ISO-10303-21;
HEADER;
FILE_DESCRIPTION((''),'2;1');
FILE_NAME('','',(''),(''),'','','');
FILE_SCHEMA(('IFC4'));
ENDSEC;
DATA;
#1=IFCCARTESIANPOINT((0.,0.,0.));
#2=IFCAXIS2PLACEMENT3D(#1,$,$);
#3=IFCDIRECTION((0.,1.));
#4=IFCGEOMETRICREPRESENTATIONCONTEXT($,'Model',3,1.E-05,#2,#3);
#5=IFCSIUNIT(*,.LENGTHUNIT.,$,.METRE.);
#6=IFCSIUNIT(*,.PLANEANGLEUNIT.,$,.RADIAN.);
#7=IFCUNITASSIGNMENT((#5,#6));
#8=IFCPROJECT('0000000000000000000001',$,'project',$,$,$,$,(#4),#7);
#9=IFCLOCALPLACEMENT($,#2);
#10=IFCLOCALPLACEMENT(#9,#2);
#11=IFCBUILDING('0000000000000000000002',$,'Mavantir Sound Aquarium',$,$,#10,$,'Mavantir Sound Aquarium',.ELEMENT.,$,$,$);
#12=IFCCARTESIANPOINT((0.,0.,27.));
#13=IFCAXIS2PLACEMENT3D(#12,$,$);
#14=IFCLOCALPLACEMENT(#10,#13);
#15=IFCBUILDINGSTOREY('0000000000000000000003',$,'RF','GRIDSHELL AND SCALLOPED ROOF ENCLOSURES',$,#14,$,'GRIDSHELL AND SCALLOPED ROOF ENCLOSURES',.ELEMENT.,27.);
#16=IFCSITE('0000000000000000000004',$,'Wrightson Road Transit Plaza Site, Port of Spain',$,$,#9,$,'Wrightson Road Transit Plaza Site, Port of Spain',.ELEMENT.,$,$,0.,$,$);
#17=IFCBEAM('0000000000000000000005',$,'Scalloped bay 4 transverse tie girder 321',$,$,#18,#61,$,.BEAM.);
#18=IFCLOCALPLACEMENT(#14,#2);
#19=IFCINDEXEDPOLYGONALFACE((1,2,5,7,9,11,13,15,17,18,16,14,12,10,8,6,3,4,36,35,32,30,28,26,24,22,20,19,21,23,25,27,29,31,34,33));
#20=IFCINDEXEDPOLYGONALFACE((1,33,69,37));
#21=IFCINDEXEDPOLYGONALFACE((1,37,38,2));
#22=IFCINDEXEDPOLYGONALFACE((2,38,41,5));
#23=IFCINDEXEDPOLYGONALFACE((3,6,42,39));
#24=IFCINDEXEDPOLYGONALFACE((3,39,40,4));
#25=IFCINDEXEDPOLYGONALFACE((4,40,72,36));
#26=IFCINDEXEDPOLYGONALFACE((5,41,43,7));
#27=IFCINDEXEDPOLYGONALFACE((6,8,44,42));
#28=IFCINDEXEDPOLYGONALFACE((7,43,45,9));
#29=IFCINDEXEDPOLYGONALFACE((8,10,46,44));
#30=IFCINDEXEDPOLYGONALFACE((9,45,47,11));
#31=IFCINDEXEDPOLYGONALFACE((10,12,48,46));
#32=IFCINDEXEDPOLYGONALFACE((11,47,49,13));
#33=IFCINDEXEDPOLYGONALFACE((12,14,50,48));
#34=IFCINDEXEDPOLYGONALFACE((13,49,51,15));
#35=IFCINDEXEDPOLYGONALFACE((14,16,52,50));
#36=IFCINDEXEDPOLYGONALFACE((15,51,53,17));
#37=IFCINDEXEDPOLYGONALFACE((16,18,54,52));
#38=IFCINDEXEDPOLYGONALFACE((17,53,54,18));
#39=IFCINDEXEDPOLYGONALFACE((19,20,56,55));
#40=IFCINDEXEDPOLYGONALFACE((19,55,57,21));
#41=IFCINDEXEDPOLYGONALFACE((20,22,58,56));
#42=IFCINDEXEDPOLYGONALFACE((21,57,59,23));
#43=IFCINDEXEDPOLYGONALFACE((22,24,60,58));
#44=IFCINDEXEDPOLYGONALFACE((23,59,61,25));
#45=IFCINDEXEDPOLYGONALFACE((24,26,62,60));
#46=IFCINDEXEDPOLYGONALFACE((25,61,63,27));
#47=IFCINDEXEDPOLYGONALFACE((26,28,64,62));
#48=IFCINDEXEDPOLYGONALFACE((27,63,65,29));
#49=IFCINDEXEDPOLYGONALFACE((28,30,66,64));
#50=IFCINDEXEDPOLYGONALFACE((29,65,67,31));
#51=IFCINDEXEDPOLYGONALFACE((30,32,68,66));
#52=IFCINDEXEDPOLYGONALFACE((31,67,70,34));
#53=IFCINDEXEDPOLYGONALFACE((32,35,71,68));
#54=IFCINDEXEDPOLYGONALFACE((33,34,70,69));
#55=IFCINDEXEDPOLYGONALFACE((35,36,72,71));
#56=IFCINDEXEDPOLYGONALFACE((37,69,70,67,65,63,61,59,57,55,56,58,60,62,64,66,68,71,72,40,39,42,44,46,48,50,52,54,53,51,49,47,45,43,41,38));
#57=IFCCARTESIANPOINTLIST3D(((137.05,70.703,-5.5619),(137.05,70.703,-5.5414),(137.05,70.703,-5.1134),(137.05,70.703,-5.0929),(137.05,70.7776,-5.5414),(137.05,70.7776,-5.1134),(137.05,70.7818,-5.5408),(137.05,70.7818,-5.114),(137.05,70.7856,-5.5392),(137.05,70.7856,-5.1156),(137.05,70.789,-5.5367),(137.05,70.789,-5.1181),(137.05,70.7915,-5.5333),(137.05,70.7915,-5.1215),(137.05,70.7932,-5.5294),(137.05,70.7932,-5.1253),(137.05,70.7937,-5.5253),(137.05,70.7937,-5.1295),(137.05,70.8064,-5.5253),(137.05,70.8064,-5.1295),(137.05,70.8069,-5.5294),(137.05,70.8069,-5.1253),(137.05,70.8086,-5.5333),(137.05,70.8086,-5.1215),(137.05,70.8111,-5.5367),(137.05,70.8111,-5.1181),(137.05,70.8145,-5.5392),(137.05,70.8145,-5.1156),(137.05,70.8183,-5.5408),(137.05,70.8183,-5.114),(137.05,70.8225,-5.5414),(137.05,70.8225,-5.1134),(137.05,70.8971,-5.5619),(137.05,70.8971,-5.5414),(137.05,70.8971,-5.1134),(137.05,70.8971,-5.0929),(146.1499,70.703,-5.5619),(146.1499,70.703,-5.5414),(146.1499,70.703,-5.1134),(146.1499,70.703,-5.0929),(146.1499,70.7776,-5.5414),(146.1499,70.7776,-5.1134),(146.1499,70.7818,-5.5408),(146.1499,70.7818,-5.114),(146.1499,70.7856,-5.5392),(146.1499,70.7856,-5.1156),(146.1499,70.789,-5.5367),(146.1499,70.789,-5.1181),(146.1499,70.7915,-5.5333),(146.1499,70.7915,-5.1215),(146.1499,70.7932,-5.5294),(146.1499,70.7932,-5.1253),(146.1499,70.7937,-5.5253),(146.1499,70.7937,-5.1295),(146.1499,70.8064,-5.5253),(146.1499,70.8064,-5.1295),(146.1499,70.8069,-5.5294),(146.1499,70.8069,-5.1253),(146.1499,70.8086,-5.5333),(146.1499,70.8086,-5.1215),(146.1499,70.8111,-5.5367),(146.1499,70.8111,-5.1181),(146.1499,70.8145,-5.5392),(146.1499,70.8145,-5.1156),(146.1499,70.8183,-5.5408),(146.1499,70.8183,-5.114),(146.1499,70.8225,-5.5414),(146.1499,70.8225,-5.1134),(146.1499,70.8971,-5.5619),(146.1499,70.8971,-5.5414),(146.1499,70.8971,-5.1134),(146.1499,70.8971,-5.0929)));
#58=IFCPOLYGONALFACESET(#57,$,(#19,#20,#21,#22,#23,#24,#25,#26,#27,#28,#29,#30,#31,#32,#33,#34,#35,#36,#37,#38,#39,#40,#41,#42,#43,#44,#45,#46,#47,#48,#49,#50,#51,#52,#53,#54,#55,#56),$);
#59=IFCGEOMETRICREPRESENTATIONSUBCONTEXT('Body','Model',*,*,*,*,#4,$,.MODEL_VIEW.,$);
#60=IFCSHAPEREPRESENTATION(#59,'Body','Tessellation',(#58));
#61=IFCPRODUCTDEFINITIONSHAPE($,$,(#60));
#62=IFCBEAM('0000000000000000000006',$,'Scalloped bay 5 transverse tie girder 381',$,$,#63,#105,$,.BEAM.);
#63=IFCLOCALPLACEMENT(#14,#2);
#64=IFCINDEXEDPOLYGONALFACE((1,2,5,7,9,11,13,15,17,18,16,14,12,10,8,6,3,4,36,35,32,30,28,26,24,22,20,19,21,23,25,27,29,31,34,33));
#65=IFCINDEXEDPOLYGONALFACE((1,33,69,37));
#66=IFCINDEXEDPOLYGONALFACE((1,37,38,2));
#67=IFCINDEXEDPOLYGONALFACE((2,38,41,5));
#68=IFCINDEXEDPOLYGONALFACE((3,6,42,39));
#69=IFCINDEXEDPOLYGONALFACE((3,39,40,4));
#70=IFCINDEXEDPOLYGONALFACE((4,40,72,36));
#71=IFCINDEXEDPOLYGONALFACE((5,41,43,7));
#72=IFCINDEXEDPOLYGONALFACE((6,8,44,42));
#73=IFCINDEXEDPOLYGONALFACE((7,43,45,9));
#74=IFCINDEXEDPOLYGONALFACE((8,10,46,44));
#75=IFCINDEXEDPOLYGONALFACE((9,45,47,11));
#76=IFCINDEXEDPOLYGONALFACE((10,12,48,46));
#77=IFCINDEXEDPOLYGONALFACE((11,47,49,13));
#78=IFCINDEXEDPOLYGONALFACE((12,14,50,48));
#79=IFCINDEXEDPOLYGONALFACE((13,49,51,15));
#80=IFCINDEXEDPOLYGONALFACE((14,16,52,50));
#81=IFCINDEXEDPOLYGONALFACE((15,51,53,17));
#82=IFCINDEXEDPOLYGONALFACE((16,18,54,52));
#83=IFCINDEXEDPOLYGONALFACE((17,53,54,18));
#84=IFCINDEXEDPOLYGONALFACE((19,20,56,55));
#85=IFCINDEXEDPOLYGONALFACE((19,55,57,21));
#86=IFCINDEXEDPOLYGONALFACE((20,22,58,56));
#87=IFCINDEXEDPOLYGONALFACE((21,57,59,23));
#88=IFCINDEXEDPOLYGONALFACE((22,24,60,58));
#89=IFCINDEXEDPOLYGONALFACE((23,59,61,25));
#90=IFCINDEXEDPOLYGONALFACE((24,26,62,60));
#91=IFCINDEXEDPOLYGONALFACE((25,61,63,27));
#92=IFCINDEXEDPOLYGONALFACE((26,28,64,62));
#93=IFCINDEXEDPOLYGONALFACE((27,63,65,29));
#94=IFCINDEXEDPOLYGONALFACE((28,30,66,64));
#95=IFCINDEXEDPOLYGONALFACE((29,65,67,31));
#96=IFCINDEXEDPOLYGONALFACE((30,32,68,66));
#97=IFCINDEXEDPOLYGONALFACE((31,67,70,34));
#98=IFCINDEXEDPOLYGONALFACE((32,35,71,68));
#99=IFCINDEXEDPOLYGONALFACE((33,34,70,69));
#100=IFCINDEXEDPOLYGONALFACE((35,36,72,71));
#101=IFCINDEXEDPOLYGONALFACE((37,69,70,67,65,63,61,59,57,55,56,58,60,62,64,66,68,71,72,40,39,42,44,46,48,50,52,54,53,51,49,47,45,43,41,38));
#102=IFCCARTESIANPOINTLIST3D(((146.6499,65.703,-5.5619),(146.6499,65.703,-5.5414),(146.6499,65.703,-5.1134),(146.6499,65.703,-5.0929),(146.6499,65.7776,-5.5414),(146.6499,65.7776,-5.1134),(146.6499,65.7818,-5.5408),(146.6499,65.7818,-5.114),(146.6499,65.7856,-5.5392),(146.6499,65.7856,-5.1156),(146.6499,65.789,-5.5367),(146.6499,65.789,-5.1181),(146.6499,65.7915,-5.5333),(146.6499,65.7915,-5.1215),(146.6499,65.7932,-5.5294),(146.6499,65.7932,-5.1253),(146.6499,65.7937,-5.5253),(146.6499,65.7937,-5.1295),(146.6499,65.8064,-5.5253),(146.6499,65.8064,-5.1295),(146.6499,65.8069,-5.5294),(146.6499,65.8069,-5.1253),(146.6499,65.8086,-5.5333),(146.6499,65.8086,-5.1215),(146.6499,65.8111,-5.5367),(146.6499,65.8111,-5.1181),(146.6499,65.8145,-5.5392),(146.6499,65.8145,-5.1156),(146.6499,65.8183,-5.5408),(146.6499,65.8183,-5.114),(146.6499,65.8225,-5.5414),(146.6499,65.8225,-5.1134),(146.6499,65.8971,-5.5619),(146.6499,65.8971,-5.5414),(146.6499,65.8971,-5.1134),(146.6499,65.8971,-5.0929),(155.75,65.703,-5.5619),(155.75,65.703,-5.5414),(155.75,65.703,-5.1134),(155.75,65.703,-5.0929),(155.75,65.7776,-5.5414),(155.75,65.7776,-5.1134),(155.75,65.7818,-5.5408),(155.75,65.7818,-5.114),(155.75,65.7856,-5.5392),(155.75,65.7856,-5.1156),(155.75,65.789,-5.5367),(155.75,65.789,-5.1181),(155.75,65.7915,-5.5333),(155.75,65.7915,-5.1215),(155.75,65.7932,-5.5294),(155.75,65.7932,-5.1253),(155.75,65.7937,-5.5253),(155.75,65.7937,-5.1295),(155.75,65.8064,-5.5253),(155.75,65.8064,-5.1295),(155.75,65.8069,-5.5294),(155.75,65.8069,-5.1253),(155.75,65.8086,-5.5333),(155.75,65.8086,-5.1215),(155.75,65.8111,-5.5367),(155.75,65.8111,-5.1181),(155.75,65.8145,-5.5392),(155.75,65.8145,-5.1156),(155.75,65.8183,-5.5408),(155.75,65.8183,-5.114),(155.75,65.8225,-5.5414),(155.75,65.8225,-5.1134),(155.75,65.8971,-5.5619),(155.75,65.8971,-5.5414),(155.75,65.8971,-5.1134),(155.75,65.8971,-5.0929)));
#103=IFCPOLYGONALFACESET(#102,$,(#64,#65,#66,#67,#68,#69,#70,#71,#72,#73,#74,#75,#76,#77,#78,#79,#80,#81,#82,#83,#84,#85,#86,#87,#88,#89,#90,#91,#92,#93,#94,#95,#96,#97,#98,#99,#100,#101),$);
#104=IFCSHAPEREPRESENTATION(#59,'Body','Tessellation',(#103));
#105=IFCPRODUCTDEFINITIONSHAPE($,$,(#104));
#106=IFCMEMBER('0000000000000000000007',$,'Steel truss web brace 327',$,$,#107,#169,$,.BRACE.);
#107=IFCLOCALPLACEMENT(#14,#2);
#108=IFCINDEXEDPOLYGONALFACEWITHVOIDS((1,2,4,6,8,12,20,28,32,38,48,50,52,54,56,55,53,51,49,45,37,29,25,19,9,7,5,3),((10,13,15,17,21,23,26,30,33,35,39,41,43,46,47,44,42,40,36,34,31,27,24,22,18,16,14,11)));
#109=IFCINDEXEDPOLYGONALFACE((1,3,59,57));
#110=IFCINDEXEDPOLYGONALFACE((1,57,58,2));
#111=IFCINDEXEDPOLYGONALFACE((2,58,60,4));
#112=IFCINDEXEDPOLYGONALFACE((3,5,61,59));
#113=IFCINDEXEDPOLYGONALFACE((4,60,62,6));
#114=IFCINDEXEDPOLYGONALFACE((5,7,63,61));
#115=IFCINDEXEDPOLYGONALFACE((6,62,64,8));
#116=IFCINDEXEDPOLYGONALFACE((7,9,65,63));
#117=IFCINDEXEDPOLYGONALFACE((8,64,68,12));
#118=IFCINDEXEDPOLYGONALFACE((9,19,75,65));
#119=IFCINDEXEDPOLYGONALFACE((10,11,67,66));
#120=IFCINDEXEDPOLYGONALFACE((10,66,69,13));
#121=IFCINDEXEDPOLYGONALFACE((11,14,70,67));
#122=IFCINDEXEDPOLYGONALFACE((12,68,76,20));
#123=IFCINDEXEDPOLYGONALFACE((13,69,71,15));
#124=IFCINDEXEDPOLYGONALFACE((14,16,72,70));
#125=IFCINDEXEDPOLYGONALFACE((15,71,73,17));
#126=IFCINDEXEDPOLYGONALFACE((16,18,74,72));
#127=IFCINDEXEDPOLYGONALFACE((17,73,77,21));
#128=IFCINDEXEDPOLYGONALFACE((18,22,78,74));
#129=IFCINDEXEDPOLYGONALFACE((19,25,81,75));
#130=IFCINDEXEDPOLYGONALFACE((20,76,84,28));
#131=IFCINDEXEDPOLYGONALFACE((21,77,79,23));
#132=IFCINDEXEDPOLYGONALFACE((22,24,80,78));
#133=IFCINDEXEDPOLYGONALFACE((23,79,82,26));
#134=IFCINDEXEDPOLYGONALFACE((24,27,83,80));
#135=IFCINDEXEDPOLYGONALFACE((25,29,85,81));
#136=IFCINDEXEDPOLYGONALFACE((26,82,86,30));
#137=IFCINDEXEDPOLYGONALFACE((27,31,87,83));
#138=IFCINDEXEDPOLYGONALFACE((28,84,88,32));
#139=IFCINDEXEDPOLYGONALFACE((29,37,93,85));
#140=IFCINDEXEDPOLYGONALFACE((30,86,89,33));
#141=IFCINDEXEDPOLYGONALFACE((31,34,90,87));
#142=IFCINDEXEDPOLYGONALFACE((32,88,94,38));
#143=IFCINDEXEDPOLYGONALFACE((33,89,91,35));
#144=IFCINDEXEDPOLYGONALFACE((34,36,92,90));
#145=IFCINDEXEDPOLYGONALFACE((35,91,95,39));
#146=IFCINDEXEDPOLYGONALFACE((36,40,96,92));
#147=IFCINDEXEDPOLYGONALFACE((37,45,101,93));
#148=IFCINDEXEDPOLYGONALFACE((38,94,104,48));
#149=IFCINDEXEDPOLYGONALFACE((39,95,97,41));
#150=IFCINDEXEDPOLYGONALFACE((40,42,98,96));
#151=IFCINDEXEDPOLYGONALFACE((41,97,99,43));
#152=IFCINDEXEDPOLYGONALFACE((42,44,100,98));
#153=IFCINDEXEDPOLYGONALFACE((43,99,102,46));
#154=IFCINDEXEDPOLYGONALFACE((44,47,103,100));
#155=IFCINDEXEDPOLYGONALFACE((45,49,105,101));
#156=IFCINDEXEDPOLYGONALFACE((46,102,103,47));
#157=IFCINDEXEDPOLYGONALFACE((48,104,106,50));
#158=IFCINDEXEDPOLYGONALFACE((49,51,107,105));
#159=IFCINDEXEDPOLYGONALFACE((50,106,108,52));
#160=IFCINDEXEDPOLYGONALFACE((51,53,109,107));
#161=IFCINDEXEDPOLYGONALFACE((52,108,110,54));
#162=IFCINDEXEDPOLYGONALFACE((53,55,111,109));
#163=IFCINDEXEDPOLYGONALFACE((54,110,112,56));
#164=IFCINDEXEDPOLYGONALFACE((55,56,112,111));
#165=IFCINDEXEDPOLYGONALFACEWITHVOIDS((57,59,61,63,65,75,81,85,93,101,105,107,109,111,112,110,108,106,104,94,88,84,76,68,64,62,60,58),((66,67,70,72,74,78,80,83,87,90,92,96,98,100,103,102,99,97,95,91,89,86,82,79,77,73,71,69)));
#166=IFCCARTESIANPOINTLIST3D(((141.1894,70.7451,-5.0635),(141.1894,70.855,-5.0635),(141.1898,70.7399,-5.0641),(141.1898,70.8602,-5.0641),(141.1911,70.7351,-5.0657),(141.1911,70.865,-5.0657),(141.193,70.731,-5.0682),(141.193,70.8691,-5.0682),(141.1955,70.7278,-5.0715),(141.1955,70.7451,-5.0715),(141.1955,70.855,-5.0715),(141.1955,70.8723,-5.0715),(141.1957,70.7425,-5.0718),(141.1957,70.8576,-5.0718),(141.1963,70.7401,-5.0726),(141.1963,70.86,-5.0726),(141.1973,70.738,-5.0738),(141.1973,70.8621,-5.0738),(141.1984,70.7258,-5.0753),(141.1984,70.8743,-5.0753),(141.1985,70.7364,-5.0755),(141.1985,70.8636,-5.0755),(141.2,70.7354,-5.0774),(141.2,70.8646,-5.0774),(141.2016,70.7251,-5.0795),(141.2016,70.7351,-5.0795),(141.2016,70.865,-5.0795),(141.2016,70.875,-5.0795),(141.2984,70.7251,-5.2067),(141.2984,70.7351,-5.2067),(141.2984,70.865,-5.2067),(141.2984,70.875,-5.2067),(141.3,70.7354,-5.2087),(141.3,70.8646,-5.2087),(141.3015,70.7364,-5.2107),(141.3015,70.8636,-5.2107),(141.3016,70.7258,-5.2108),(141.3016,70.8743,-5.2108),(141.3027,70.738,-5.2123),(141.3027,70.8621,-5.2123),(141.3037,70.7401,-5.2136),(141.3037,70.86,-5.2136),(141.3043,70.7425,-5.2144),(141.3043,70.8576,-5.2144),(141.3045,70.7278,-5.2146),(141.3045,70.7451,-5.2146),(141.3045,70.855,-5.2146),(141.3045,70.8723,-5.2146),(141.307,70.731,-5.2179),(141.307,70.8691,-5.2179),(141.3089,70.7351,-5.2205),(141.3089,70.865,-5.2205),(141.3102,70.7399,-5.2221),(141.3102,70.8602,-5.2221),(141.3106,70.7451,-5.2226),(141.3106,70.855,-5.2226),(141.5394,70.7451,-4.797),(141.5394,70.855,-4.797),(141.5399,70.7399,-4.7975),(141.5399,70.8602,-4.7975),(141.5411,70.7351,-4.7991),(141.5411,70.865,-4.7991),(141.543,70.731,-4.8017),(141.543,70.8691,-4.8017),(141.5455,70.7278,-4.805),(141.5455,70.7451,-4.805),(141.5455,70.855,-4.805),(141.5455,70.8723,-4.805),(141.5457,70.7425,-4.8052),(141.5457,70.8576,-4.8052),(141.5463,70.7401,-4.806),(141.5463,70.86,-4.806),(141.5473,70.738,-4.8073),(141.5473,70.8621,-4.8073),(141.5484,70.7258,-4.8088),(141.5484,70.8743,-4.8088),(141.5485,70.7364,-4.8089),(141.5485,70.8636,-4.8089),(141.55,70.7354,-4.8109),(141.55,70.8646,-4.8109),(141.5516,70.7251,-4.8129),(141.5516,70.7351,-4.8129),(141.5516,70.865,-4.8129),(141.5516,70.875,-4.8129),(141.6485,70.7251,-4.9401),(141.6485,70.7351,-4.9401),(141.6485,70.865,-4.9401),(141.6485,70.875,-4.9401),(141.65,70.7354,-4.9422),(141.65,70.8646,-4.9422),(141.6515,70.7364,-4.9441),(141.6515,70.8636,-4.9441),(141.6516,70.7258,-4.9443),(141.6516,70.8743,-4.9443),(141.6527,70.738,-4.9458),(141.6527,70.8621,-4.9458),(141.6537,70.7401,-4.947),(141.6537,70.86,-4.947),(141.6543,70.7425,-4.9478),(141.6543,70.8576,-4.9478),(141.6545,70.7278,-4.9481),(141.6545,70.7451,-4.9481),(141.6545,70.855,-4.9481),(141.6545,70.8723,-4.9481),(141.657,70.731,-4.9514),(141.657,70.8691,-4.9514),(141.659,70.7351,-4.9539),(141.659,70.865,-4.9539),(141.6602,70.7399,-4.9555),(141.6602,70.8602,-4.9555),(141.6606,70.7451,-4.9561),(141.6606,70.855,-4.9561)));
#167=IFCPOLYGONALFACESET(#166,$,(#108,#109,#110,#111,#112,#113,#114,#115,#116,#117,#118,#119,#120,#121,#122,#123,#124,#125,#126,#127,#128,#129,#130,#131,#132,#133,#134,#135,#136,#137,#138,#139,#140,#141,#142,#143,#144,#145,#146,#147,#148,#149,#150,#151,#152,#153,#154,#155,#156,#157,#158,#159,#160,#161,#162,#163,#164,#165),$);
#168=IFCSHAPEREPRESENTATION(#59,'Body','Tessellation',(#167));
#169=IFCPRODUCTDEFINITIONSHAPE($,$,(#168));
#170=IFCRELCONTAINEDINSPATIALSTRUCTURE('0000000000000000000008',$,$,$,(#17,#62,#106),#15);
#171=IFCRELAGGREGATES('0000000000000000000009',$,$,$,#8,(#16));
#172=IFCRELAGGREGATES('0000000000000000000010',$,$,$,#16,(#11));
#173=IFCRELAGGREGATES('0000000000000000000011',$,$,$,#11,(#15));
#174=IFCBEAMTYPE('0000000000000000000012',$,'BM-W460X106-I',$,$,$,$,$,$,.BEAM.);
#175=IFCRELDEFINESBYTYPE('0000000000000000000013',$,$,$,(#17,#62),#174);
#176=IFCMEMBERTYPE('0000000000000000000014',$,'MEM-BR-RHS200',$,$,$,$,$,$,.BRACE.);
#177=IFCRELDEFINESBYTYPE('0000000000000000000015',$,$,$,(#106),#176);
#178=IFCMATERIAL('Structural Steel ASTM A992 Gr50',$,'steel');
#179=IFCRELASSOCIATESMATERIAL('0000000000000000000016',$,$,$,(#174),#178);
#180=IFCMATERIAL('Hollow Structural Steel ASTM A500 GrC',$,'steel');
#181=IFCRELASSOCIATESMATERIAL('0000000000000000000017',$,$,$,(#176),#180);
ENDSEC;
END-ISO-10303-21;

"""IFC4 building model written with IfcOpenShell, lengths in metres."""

from ifc_helpers import new_model, si_unit, direction, frame, origin, origin_2d, place, context, subcontext, project, spatial, hollow_rectangle, i_section, extrude, material, material_profile, profile_set, type_object, element, save


model = new_model("IFC4")

# Units and contexts
model_context = context("Model", 3, precision=1e-05, world=origin(), true_north=direction((0.0, 1.0)))
body_context = subcontext(model_context, "Body", "Model", "MODEL_VIEW")
ifc_project = project(units=[si_unit("LENGTHUNIT", "METRE"), si_unit("PLANEANGLEUNIT", "RADIAN")], contexts=[model_context])

# Site, building, storey
site_placement = place(None, origin())
site = spatial("IfcSite", under=ifc_project, at=site_placement, Name="Wrightson Road Transit Plaza Site, Port of Spain", LongName="Wrightson Road Transit Plaza Site, Port of Spain", CompositionType="ELEMENT", RefElevation=0.0)
building_placement = place(site_placement, origin())
building = spatial("IfcBuilding", under=site, at=building_placement, Name="Mavantir Sound Aquarium", LongName="Mavantir Sound Aquarium", CompositionType="ELEMENT")
storey_placement = place(building_placement, frame((0.0, 0.0, 27.0)))
storey = spatial("IfcBuildingStorey", under=building, at=storey_placement, Name="RF", Description="GRIDSHELL AND SCALLOPED ROOF ENCLOSURES", LongName="GRIDSHELL AND SCALLOPED ROOF ENCLOSURES", CompositionType="ELEMENT", Elevation=27.0)

# Beams
ifc_material_1 = material(Name="Structural Steel ASTM A992 Gr50", Category="steel")
ifc_material_profile_1 = material_profile(ifc_material_1, i_section(OverallWidth=0.1941, OverallDepth=0.469, WebThickness=0.0127, FlangeThickness=0.0205, FilletRadius=0.0161, at=origin_2d()), Name="W460X106")
ifc_profile_set_1 = profile_set([ifc_material_profile_1], Name="Structural Steel ASTM A992 Gr50")
beam_type = type_object("IfcBeamType", Name="BM-W460X106-I", PredefinedType="BEAM", material=ifc_profile_set_1)
beam_1_placement = place(storey_placement, frame((137.05, 70.8, -5.3274), z_axis=(1.0, 0.0, 0.0), x_axis=(0.0, 1.0, 0.0)))
element("IfcBeam", 1, at=beam_1_placement, inside=storey, type_object=beam_type, Name="Scalloped bay 4 transverse tie girder 321", PredefinedType="BEAM", context=body_context, shape_type="SweptSolid", body=[
    extrude(i_section(OverallWidth=0.1941, OverallDepth=0.469, WebThickness=0.0127, FlangeThickness=0.0205, FilletRadius=0.0161, at=origin_2d()), origin(), (0.0, 0.0, 1.0), 9.0999),
])
beam_2_placement = place(storey_placement, frame((146.6499, 65.8, -5.3274), z_axis=(1.0, 0.0, 0.0), x_axis=(0.0, 1.0, 0.0)))
element("IfcBeam", 2, at=beam_2_placement, inside=storey, type_object=beam_type, Name="Scalloped bay 5 transverse tie girder 381", PredefinedType="BEAM", context=body_context, shape_type="SweptSolid", body=[
    extrude(i_section(OverallWidth=0.1941, OverallDepth=0.469, WebThickness=0.0127, FlangeThickness=0.0205, FilletRadius=0.0161, at=origin_2d()), origin(), (0.0, 0.0, 1.0), 9.1001),
])

# Member
ifc_material_2 = material(Name="Hollow Structural Steel ASTM A500 GrC", Category="steel")
ifc_material_profile_2 = material_profile(ifc_material_2, hollow_rectangle(XDim=0.1499, YDim=0.2, WallThickness=0.01, InnerFilletRadius=0.01, OuterFilletRadius=0.02, at=origin_2d()), Name="RHS 200X150X10")
ifc_profile_set_2 = profile_set([ifc_material_profile_2], Name="Hollow Structural Steel ASTM A500 GrC")
member_type_1 = type_object("IfcMemberType", Name="MEM-BR-RHS200", PredefinedType="BRACE", material=ifc_profile_set_2)
for number, where, z_axis, x_axis, name in (
    (3, (141.25, 70.8, -5.1431), (0.795585, 0.0, 0.605843), (0.0, 1.0, 0.0), "Steel truss web brace 327"),
):
    element("IfcMember", number, at=place(storey_placement, frame(where, z_axis=z_axis, x_axis=x_axis)), inside=storey, type_object=member_type_1, Name=name, PredefinedType="BRACE", context=body_context, shape_type="SweptSolid", body=[
        extrude(hollow_rectangle(XDim=0.1499, YDim=0.2, WallThickness=0.01, InnerFilletRadius=0.01, OuterFilletRadius=0.02, at=origin_2d()), origin(), (0.0, 0.0, 1.0), 0.4399),
    ])

save(model, "model.ifc")
